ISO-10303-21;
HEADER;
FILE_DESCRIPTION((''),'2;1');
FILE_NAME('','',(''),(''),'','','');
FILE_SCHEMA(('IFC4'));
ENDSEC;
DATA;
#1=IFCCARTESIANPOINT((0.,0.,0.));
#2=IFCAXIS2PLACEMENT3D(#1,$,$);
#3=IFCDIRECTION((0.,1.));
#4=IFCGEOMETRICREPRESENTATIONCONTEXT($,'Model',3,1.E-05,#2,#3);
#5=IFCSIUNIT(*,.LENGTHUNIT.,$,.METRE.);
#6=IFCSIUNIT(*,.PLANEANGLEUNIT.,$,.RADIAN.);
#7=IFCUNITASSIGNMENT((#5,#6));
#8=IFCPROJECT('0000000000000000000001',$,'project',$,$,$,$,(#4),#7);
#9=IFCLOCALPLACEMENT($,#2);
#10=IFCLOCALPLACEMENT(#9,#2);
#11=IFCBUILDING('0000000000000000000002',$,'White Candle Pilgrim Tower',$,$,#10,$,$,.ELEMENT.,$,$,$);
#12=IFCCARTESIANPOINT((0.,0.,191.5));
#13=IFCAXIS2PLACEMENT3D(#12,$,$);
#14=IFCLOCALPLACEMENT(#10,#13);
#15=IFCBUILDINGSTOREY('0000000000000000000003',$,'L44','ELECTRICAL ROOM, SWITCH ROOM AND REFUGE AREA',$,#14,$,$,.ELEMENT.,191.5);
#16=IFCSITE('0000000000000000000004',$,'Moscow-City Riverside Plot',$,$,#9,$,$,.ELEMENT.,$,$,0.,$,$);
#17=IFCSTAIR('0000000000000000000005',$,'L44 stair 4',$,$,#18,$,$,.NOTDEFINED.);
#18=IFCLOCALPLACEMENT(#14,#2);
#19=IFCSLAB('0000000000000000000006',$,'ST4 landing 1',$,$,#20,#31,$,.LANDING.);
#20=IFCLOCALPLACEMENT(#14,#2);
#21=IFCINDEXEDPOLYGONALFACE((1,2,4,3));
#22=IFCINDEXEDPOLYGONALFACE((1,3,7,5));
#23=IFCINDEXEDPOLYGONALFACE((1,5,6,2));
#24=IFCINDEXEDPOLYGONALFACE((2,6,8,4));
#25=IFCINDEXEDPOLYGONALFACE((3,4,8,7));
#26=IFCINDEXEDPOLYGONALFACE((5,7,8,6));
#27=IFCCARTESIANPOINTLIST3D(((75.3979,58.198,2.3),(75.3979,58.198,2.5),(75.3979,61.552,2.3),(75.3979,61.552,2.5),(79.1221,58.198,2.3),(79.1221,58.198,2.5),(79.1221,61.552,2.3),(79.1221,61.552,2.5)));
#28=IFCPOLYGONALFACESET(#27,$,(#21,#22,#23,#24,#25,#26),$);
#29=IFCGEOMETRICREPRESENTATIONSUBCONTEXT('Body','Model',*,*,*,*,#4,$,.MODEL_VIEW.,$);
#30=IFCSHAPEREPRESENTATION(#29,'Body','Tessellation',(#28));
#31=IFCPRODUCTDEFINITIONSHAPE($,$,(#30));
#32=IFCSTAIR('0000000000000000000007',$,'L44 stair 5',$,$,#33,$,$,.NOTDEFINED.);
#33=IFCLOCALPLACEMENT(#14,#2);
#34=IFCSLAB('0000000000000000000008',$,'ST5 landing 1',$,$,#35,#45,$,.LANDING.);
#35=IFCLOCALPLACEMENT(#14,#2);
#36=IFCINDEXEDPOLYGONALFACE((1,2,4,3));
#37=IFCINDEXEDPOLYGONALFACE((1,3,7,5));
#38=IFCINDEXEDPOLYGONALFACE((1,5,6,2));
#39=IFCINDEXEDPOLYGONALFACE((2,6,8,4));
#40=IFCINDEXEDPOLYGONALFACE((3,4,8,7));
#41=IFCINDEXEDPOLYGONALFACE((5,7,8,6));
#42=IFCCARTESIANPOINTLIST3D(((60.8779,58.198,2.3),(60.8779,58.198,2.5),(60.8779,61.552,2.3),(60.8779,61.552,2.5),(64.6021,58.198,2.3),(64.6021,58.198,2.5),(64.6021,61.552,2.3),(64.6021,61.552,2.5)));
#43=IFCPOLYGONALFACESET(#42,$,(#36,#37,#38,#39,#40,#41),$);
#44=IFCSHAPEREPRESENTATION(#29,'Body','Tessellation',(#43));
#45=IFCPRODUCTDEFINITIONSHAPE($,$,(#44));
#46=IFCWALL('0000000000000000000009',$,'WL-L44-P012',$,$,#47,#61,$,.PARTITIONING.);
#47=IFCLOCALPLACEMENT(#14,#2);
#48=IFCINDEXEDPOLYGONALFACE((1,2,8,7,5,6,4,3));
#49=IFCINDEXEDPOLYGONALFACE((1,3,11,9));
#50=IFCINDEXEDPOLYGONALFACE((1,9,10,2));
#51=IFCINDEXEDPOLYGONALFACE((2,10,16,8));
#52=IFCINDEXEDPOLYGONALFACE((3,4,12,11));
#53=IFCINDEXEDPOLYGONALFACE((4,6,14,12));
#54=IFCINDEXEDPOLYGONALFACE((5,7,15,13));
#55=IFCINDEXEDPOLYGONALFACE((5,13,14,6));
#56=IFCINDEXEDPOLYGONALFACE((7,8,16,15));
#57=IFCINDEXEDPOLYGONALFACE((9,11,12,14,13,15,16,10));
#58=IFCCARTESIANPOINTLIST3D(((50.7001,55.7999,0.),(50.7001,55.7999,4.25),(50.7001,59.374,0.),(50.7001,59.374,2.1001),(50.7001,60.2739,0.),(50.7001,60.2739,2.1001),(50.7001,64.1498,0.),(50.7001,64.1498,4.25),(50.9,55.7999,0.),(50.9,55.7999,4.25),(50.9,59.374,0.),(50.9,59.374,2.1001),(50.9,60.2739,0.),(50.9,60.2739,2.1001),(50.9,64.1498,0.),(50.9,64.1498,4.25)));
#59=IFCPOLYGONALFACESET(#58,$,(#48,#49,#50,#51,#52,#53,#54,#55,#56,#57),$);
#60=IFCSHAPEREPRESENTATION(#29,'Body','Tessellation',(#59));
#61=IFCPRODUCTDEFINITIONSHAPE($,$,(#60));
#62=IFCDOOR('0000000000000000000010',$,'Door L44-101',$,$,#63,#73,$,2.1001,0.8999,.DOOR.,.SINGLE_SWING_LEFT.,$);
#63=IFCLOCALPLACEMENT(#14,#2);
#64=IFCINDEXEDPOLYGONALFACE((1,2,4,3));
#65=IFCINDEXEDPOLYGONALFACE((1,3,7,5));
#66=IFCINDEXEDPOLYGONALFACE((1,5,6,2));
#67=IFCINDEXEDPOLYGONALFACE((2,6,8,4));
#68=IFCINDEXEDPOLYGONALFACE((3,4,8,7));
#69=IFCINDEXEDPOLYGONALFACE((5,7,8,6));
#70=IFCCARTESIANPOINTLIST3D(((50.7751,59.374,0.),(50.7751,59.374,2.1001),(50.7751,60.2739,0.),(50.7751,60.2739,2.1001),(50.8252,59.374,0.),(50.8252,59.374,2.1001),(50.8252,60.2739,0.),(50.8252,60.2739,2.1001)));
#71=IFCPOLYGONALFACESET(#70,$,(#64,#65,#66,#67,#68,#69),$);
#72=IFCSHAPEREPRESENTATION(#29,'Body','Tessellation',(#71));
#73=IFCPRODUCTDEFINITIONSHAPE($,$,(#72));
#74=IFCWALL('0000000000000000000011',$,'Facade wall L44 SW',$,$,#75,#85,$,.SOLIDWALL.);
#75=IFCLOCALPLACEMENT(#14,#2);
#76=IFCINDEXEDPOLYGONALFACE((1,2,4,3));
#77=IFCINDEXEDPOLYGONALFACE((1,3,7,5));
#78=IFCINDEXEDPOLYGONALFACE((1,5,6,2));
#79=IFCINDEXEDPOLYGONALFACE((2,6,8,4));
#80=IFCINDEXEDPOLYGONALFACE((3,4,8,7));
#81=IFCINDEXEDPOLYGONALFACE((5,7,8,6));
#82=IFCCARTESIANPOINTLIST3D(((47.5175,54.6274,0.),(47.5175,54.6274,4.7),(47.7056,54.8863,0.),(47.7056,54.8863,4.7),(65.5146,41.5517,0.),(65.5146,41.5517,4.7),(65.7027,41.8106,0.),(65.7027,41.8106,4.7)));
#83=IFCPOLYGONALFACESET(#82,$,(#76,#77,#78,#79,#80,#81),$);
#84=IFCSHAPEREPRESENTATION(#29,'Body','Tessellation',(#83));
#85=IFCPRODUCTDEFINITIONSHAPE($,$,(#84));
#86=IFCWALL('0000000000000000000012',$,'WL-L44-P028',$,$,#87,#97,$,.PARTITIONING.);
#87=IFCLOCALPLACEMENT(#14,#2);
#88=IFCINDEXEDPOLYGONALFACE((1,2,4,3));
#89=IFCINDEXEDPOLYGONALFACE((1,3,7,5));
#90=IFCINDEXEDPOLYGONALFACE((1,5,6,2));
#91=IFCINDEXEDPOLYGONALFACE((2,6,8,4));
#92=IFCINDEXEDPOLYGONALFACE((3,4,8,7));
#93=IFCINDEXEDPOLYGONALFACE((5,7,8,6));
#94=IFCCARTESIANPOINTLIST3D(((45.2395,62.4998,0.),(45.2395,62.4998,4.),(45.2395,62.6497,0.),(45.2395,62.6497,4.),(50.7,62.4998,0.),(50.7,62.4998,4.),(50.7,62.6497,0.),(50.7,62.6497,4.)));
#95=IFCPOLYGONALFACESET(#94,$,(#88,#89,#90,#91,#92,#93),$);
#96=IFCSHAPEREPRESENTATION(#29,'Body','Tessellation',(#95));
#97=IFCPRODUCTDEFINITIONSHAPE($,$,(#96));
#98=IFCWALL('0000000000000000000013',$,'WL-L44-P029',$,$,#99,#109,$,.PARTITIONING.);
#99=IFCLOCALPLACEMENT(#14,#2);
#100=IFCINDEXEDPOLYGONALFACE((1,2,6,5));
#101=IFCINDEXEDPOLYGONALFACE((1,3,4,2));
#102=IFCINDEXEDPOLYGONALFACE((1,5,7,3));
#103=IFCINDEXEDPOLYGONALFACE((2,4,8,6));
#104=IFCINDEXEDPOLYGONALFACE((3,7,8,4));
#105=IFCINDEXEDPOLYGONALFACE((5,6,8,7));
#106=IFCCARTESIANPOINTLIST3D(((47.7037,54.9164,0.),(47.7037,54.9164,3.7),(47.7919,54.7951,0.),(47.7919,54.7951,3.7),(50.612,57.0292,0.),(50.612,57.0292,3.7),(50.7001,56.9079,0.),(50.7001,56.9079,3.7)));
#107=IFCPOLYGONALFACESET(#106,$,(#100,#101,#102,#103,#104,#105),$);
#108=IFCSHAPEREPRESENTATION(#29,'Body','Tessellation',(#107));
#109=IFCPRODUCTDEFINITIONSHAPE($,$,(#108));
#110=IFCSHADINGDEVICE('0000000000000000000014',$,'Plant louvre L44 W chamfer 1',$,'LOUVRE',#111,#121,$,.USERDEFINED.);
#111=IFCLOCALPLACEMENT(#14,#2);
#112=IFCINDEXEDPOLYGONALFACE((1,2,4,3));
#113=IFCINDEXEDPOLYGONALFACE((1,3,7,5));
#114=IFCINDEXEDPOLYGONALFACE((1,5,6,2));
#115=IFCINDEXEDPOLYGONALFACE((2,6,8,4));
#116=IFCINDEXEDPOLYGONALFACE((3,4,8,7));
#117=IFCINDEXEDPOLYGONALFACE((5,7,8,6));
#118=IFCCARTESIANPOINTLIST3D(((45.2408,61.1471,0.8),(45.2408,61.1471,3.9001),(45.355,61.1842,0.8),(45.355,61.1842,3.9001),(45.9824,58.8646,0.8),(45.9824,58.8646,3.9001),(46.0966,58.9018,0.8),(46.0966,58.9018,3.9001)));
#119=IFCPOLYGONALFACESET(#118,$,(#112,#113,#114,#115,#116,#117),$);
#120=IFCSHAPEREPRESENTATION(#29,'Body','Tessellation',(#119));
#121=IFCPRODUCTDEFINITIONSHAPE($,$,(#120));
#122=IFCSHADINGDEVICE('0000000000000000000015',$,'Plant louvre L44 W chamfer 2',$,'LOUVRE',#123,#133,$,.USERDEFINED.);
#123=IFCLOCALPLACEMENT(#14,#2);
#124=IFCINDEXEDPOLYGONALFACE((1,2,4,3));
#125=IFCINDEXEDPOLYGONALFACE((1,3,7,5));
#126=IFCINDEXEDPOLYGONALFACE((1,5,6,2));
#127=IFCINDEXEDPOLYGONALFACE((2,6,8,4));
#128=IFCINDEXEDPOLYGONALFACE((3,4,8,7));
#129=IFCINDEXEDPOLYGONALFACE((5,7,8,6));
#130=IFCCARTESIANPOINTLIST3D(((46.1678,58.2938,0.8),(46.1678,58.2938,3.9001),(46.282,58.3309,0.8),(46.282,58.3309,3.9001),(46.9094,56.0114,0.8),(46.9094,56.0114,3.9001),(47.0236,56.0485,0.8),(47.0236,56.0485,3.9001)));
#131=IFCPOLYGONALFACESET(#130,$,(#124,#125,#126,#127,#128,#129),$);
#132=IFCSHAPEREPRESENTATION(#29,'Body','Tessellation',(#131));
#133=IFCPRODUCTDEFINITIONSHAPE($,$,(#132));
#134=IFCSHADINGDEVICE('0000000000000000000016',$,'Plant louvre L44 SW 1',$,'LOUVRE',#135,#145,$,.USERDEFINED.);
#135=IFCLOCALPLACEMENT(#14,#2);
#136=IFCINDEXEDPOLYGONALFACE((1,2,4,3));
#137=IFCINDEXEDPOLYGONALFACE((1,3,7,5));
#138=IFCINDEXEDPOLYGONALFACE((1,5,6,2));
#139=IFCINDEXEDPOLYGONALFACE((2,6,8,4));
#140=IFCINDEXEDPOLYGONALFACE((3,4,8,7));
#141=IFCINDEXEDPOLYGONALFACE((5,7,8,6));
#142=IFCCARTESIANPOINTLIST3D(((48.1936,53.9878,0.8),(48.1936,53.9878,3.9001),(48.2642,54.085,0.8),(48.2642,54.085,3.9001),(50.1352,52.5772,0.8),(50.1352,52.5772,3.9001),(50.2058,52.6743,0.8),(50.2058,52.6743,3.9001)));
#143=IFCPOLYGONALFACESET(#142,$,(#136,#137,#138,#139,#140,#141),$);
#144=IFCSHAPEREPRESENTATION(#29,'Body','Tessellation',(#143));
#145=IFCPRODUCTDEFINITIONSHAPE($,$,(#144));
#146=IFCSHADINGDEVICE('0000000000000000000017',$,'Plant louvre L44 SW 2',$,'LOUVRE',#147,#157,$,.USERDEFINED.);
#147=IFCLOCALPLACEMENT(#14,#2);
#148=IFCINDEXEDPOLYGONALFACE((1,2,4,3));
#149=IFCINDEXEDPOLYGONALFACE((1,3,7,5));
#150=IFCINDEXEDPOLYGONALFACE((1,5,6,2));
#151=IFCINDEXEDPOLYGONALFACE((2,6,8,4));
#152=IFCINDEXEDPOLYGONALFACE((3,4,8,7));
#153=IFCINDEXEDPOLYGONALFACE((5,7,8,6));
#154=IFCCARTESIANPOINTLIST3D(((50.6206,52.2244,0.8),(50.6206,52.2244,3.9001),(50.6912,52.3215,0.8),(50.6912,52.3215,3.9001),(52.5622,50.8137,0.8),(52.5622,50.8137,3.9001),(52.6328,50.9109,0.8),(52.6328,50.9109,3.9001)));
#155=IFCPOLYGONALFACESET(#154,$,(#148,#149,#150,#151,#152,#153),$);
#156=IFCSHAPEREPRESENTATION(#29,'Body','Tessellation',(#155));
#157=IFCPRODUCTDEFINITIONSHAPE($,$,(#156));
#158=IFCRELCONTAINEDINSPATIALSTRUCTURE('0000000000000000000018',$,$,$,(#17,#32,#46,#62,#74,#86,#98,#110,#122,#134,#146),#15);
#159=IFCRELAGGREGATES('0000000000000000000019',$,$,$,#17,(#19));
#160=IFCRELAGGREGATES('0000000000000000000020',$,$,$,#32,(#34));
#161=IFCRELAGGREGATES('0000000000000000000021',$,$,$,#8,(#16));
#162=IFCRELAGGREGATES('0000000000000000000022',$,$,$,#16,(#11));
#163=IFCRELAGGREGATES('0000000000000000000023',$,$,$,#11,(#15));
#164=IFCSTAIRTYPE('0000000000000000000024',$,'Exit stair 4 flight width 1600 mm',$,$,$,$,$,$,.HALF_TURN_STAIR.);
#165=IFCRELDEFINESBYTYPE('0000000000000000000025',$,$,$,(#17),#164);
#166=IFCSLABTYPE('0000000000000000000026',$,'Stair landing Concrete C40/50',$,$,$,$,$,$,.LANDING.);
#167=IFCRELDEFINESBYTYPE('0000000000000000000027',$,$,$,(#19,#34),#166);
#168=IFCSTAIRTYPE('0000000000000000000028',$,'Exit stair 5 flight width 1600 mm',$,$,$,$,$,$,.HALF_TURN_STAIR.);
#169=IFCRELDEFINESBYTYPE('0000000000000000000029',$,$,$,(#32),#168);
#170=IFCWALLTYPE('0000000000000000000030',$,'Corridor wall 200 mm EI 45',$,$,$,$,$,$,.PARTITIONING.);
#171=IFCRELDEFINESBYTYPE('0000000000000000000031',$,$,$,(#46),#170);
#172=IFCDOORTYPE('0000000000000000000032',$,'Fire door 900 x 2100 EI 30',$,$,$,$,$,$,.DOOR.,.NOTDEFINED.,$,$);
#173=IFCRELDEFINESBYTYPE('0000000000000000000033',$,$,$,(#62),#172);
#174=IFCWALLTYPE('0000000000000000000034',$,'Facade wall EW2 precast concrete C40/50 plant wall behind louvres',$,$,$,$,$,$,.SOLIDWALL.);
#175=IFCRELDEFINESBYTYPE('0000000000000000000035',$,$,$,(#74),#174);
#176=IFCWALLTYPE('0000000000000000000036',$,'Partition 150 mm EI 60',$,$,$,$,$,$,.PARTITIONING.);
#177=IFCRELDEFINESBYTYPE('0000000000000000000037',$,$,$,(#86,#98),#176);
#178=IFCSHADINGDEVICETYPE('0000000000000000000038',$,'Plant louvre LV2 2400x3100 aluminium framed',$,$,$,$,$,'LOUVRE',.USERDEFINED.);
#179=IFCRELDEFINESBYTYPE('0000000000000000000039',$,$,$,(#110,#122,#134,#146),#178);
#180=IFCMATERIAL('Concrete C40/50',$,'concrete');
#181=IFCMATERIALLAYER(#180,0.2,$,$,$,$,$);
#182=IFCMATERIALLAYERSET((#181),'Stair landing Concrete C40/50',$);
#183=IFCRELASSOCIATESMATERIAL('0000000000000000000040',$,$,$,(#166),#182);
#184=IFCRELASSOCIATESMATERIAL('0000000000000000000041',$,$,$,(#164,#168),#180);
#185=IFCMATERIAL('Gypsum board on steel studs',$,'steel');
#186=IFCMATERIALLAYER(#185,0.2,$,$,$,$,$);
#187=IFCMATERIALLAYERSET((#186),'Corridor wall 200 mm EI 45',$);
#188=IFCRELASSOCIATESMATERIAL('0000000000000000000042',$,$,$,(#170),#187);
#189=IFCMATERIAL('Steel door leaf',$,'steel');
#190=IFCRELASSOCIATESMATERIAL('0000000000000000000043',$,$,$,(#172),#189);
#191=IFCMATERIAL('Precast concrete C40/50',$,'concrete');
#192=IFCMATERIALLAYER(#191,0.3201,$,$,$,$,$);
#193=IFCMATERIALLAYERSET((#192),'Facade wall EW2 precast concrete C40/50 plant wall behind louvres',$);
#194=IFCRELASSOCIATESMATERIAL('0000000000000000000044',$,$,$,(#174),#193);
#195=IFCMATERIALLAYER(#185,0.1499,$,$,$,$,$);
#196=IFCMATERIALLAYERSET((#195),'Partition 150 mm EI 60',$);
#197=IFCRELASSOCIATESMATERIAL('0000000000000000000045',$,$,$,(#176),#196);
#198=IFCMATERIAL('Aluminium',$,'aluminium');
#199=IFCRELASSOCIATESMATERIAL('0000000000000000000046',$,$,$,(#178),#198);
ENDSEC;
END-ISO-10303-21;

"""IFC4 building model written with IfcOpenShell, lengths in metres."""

from ifc_helpers import new_model, si_unit, direction, frame, frame_2d, origin, origin_2d, place, context, subcontext, project, spatial, polyline, rectangle, outline, extrude, material, layer, layer_set, type_object, element, fill, aggregate, save


model = new_model("IFC4")

# Units and contexts
model_context = context("Model", 3, precision=1e-05, world=origin(), true_north=direction((0.0, 1.0)))
body_context = subcontext(model_context, "Body", "Model", "MODEL_VIEW")
ifc_project = project(units=[si_unit("LENGTHUNIT", "METRE"), si_unit("PLANEANGLEUNIT", "RADIAN")], contexts=[model_context])

# Site, building, storey
site_placement = place(None, origin())
site = spatial("IfcSite", under=ifc_project, at=site_placement, Name="Moscow-City Riverside Plot", CompositionType="ELEMENT", RefElevation=0.0)
building_placement = place(site_placement, origin())
building = spatial("IfcBuilding", under=site, at=building_placement, Name="White Candle Pilgrim Tower", CompositionType="ELEMENT")
storey_placement = place(building_placement, frame((0.0, 0.0, 191.5)))
storey = spatial("IfcBuildingStorey", under=building, at=storey_placement, Name="L44", Description="ELECTRICAL ROOM, SWITCH ROOM AND REFUGE AREA", CompositionType="ELEMENT", Elevation=191.5)

# Shared definitions
ifc_material_1 = material(Name="Concrete C40/50", Category="concrete")

# Stairs, slabs
ifc_layer_1 = layer(ifc_material_1, 0.2)
ifc_layer_set_1 = layer_set([ifc_layer_1], Name="Stair landing Concrete C40/50")
slab_type_1 = type_object("IfcSlabType", Name="Stair landing Concrete C40/50", PredefinedType="LANDING", material=ifc_layer_set_1)
stair_type_1 = type_object("IfcStairType", Name="Exit stair 4 flight width 1600 mm", PredefinedType="HALF_TURN_STAIR", material=ifc_material_1)
stair_1_placement = place(storey_placement, origin())
stair_1 = element("IfcStair", 1, at=stair_1_placement, inside=storey, type_object=stair_type_1, Name="L44 stair 4", PredefinedType="NOTDEFINED")
slab_1_placement = place(storey_placement, frame((0.0, 0.0, 2.3)))
slab_1 = element("IfcSlab", 2, at=slab_1_placement, type_object=slab_type_1, Name="ST4 landing 1", PredefinedType="LANDING", context=body_context, shape_type="SweptSolid", body=[
    extrude(outline(polyline([(79.1221, 61.552), (79.1221, 58.198), (75.3979, 58.198), (75.3979, 61.552), (79.1221, 61.552)])), origin(), (0.0, 0.0, 1.0), 0.2),
])
aggregate(stair_1, [slab_1])
stair_type_2 = type_object("IfcStairType", Name="Exit stair 5 flight width 1600 mm", PredefinedType="HALF_TURN_STAIR", material=ifc_material_1)
stair_2_placement = place(storey_placement, origin())
stair_2 = element("IfcStair", 3, at=stair_2_placement, inside=storey, type_object=stair_type_2, Name="L44 stair 5", PredefinedType="NOTDEFINED")
slab_2_placement = place(storey_placement, frame((0.0, 0.0, 2.3)))
slab_2 = element("IfcSlab", 4, at=slab_2_placement, type_object=slab_type_1, Name="ST5 landing 1", PredefinedType="LANDING", context=body_context, shape_type="SweptSolid", body=[
    extrude(outline(polyline([(60.8779, 58.198), (60.8779, 61.552), (64.6021, 61.552), (64.6021, 58.198), (60.8779, 58.198)])), origin(), (0.0, 0.0, 1.0), 0.2),
])
aggregate(stair_2, [slab_2])

# Wall, opening, door
ifc_material_2 = material(Name="Gypsum board on steel studs", Category="steel")
ifc_layer_2 = layer(ifc_material_2, 0.2)
ifc_layer_set_2 = layer_set([ifc_layer_2], Name="Corridor wall 200 mm EI 45")
wall_type_1 = type_object("IfcWallType", Name="Corridor wall 200 mm EI 45", PredefinedType="PARTITIONING", material=ifc_layer_set_2)
wall_1_placement = place(storey_placement, frame((50.8, 55.8, 0.0), z_axis=(0.0, 0.0, 1.0), x_axis=(0.0, 1.0, 0.0)))
wall_1 = element("IfcWall", 5, at=wall_1_placement, inside=storey, type_object=wall_type_1, Name="WL-L44-P012", PredefinedType="PARTITIONING", context=body_context, shape_type="SweptSolid", body=[
    extrude(rectangle(XDim=8.3499, YDim=0.2, at=frame_2d((4.1748, 0.0))), origin(), (0.0, 0.0, 1.0), 4.25),
])
opening_placement = place(wall_1_placement, frame((3.574, 0.0, 0.0)))
opening = element("IfcOpeningElement", 6, at=opening_placement, cuts=wall_1, PredefinedType="OPENING", context=body_context, shape_type="SweptSolid", body=[
    extrude(rectangle(XDim=0.8999, YDim=2.1001, at=frame_2d((0.45, 1.05))), frame((0.0, 0.1099, 0.0), z_axis=(0.0, -1.0, 0.0), x_axis=(1.0, 0.0, 0.0)), (0.0, 0.0, 1.0), 0.22),
])
ifc_material_3 = material(Name="Steel door leaf", Category="steel")
door_type = type_object("IfcDoorType", Name="Fire door 900 x 2100 EI 30", OperationType="NOTDEFINED", PredefinedType="DOOR", material=ifc_material_3)
door_placement = place(opening_placement, origin())
door = element("IfcDoor", 7, at=door_placement, inside=storey, type_object=door_type, Name="Door L44-101", OperationType="SINGLE_SWING_LEFT", OverallHeight=2.1001, OverallWidth=0.8999, PredefinedType="DOOR", context=body_context, shape_type="SweptSolid", body=[
    extrude(rectangle(XDim=0.8999, YDim=2.1001, at=frame_2d((0.45, 1.05))), frame((0.0, 0.0249, 0.0), z_axis=(0.0, -1.0, 0.0), x_axis=(1.0, 0.0, 0.0)), (0.0, 0.0, 1.0), 0.05),
])
fill(opening, door)

# Walls
ifc_material_4 = material(Name="Precast concrete C40/50", Category="concrete")
ifc_layer_3 = layer(ifc_material_4, 0.3201)
ifc_layer_set_3 = layer_set([ifc_layer_3], Name="Facade wall EW2 precast concrete C40/50 plant wall behind louvres")
wall_type_2 = type_object("IfcWallType", Name="Facade wall EW2 precast concrete C40/50 plant wall behind louvres", PredefinedType="SOLIDWALL", material=ifc_layer_set_3)
wall_2_placement = place(storey_placement, frame((47.6116, 54.7568, 0.0), z_axis=(0.0, 0.0, 1.0), x_axis=(0.809016, -0.587787, 0.0)))
element("IfcWall", 8, at=wall_2_placement, inside=storey, type_object=wall_type_2, Name="Facade wall L44 SW", PredefinedType="SOLIDWALL", context=body_context, shape_type="SweptSolid", body=[
    extrude(rectangle(XDim=22.2456, YDim=0.3201, at=frame_2d((11.1228, 0.0))), origin(), (0.0, 0.0, 1.0), 4.7),
])
ifc_layer_4 = layer(ifc_material_2, 0.1499)
ifc_layer_set_4 = layer_set([ifc_layer_4], Name="Partition 150 mm EI 60")
wall_type_3 = type_object("IfcWallType", Name="Partition 150 mm EI 60", PredefinedType="PARTITIONING", material=ifc_layer_set_4)
wall_3_placement = place(storey_placement, frame((45.2395, 62.5747, 0.0), z_axis=(0.0, 0.0, 1.0), x_axis=(1.0, 0.0, 0.0)))
element("IfcWall", 9, at=wall_3_placement, inside=storey, type_object=wall_type_3, Name="WL-L44-P028", PredefinedType="PARTITIONING", context=body_context, shape_type="SweptSolid", body=[
    extrude(rectangle(XDim=5.4604, YDim=0.1499, at=frame_2d((2.7302, 0.0))), origin(), (0.0, 0.0, 1.0), 4.0),
])
wall_4_placement = place(storey_placement, frame((47.7478, 54.8557, 0.0), z_axis=(0.0, 0.0, 1.0), x_axis=(0.809036, 0.58776, 0.0)))
element("IfcWall", 10, at=wall_4_placement, inside=storey, type_object=wall_type_3, Name="WL-L44-P029", PredefinedType="PARTITIONING", context=body_context, shape_type="SweptSolid", body=[
    extrude(rectangle(XDim=3.5947, YDim=0.1499, at=frame_2d((1.7974, 0.0))), origin(), (0.0, 0.0, 1.0), 3.7),
])

# Shading devices
ifc_material_5 = material(Name="Aluminium", Category="aluminium")
shading_device_type = type_object("IfcShadingDeviceType", Name="Plant louvre LV2 2400x3100 aluminium framed", ElementType="LOUVRE", PredefinedType="USERDEFINED", material=ifc_material_5)
for number, where, z_axis, x_axis, name in (
    (11, (45.6687, 60.0244, 0.8), (0.0, 0.0, 1.0), (0.309017, -0.951057, 0.0), "Plant louvre L44 W chamfer 1"),
    (12, (46.5957, 57.1711, 0.8), (0.0, 0.0, 1.0), (0.309017, -0.951057, 0.0), "Plant louvre L44 W chamfer 2"),
    (13, (49.1997, 53.3311, 0.8), (0.0, 0.0, 1.0), (0.809017, -0.587785, 0.0), "Plant louvre L44 SW 1"),
    (14, (51.6267, 51.5676, 0.8), (0.0, 0.0, 1.0), (0.809017, -0.587785, 0.0), "Plant louvre L44 SW 2"),
):
    element("IfcShadingDevice", number, at=place(storey_placement, frame(where, z_axis=z_axis, x_axis=x_axis)), inside=storey, type_object=shading_device_type, Name=name, ObjectType="LOUVRE", PredefinedType="USERDEFINED", context=body_context, shape_type="SweptSolid", body=[
        extrude(rectangle(XDim=2.3999, YDim=0.1201, at=origin_2d()), origin(), (0.0, 0.0, 1.0), 3.1001),
    ])

save(model, "model.ifc")
